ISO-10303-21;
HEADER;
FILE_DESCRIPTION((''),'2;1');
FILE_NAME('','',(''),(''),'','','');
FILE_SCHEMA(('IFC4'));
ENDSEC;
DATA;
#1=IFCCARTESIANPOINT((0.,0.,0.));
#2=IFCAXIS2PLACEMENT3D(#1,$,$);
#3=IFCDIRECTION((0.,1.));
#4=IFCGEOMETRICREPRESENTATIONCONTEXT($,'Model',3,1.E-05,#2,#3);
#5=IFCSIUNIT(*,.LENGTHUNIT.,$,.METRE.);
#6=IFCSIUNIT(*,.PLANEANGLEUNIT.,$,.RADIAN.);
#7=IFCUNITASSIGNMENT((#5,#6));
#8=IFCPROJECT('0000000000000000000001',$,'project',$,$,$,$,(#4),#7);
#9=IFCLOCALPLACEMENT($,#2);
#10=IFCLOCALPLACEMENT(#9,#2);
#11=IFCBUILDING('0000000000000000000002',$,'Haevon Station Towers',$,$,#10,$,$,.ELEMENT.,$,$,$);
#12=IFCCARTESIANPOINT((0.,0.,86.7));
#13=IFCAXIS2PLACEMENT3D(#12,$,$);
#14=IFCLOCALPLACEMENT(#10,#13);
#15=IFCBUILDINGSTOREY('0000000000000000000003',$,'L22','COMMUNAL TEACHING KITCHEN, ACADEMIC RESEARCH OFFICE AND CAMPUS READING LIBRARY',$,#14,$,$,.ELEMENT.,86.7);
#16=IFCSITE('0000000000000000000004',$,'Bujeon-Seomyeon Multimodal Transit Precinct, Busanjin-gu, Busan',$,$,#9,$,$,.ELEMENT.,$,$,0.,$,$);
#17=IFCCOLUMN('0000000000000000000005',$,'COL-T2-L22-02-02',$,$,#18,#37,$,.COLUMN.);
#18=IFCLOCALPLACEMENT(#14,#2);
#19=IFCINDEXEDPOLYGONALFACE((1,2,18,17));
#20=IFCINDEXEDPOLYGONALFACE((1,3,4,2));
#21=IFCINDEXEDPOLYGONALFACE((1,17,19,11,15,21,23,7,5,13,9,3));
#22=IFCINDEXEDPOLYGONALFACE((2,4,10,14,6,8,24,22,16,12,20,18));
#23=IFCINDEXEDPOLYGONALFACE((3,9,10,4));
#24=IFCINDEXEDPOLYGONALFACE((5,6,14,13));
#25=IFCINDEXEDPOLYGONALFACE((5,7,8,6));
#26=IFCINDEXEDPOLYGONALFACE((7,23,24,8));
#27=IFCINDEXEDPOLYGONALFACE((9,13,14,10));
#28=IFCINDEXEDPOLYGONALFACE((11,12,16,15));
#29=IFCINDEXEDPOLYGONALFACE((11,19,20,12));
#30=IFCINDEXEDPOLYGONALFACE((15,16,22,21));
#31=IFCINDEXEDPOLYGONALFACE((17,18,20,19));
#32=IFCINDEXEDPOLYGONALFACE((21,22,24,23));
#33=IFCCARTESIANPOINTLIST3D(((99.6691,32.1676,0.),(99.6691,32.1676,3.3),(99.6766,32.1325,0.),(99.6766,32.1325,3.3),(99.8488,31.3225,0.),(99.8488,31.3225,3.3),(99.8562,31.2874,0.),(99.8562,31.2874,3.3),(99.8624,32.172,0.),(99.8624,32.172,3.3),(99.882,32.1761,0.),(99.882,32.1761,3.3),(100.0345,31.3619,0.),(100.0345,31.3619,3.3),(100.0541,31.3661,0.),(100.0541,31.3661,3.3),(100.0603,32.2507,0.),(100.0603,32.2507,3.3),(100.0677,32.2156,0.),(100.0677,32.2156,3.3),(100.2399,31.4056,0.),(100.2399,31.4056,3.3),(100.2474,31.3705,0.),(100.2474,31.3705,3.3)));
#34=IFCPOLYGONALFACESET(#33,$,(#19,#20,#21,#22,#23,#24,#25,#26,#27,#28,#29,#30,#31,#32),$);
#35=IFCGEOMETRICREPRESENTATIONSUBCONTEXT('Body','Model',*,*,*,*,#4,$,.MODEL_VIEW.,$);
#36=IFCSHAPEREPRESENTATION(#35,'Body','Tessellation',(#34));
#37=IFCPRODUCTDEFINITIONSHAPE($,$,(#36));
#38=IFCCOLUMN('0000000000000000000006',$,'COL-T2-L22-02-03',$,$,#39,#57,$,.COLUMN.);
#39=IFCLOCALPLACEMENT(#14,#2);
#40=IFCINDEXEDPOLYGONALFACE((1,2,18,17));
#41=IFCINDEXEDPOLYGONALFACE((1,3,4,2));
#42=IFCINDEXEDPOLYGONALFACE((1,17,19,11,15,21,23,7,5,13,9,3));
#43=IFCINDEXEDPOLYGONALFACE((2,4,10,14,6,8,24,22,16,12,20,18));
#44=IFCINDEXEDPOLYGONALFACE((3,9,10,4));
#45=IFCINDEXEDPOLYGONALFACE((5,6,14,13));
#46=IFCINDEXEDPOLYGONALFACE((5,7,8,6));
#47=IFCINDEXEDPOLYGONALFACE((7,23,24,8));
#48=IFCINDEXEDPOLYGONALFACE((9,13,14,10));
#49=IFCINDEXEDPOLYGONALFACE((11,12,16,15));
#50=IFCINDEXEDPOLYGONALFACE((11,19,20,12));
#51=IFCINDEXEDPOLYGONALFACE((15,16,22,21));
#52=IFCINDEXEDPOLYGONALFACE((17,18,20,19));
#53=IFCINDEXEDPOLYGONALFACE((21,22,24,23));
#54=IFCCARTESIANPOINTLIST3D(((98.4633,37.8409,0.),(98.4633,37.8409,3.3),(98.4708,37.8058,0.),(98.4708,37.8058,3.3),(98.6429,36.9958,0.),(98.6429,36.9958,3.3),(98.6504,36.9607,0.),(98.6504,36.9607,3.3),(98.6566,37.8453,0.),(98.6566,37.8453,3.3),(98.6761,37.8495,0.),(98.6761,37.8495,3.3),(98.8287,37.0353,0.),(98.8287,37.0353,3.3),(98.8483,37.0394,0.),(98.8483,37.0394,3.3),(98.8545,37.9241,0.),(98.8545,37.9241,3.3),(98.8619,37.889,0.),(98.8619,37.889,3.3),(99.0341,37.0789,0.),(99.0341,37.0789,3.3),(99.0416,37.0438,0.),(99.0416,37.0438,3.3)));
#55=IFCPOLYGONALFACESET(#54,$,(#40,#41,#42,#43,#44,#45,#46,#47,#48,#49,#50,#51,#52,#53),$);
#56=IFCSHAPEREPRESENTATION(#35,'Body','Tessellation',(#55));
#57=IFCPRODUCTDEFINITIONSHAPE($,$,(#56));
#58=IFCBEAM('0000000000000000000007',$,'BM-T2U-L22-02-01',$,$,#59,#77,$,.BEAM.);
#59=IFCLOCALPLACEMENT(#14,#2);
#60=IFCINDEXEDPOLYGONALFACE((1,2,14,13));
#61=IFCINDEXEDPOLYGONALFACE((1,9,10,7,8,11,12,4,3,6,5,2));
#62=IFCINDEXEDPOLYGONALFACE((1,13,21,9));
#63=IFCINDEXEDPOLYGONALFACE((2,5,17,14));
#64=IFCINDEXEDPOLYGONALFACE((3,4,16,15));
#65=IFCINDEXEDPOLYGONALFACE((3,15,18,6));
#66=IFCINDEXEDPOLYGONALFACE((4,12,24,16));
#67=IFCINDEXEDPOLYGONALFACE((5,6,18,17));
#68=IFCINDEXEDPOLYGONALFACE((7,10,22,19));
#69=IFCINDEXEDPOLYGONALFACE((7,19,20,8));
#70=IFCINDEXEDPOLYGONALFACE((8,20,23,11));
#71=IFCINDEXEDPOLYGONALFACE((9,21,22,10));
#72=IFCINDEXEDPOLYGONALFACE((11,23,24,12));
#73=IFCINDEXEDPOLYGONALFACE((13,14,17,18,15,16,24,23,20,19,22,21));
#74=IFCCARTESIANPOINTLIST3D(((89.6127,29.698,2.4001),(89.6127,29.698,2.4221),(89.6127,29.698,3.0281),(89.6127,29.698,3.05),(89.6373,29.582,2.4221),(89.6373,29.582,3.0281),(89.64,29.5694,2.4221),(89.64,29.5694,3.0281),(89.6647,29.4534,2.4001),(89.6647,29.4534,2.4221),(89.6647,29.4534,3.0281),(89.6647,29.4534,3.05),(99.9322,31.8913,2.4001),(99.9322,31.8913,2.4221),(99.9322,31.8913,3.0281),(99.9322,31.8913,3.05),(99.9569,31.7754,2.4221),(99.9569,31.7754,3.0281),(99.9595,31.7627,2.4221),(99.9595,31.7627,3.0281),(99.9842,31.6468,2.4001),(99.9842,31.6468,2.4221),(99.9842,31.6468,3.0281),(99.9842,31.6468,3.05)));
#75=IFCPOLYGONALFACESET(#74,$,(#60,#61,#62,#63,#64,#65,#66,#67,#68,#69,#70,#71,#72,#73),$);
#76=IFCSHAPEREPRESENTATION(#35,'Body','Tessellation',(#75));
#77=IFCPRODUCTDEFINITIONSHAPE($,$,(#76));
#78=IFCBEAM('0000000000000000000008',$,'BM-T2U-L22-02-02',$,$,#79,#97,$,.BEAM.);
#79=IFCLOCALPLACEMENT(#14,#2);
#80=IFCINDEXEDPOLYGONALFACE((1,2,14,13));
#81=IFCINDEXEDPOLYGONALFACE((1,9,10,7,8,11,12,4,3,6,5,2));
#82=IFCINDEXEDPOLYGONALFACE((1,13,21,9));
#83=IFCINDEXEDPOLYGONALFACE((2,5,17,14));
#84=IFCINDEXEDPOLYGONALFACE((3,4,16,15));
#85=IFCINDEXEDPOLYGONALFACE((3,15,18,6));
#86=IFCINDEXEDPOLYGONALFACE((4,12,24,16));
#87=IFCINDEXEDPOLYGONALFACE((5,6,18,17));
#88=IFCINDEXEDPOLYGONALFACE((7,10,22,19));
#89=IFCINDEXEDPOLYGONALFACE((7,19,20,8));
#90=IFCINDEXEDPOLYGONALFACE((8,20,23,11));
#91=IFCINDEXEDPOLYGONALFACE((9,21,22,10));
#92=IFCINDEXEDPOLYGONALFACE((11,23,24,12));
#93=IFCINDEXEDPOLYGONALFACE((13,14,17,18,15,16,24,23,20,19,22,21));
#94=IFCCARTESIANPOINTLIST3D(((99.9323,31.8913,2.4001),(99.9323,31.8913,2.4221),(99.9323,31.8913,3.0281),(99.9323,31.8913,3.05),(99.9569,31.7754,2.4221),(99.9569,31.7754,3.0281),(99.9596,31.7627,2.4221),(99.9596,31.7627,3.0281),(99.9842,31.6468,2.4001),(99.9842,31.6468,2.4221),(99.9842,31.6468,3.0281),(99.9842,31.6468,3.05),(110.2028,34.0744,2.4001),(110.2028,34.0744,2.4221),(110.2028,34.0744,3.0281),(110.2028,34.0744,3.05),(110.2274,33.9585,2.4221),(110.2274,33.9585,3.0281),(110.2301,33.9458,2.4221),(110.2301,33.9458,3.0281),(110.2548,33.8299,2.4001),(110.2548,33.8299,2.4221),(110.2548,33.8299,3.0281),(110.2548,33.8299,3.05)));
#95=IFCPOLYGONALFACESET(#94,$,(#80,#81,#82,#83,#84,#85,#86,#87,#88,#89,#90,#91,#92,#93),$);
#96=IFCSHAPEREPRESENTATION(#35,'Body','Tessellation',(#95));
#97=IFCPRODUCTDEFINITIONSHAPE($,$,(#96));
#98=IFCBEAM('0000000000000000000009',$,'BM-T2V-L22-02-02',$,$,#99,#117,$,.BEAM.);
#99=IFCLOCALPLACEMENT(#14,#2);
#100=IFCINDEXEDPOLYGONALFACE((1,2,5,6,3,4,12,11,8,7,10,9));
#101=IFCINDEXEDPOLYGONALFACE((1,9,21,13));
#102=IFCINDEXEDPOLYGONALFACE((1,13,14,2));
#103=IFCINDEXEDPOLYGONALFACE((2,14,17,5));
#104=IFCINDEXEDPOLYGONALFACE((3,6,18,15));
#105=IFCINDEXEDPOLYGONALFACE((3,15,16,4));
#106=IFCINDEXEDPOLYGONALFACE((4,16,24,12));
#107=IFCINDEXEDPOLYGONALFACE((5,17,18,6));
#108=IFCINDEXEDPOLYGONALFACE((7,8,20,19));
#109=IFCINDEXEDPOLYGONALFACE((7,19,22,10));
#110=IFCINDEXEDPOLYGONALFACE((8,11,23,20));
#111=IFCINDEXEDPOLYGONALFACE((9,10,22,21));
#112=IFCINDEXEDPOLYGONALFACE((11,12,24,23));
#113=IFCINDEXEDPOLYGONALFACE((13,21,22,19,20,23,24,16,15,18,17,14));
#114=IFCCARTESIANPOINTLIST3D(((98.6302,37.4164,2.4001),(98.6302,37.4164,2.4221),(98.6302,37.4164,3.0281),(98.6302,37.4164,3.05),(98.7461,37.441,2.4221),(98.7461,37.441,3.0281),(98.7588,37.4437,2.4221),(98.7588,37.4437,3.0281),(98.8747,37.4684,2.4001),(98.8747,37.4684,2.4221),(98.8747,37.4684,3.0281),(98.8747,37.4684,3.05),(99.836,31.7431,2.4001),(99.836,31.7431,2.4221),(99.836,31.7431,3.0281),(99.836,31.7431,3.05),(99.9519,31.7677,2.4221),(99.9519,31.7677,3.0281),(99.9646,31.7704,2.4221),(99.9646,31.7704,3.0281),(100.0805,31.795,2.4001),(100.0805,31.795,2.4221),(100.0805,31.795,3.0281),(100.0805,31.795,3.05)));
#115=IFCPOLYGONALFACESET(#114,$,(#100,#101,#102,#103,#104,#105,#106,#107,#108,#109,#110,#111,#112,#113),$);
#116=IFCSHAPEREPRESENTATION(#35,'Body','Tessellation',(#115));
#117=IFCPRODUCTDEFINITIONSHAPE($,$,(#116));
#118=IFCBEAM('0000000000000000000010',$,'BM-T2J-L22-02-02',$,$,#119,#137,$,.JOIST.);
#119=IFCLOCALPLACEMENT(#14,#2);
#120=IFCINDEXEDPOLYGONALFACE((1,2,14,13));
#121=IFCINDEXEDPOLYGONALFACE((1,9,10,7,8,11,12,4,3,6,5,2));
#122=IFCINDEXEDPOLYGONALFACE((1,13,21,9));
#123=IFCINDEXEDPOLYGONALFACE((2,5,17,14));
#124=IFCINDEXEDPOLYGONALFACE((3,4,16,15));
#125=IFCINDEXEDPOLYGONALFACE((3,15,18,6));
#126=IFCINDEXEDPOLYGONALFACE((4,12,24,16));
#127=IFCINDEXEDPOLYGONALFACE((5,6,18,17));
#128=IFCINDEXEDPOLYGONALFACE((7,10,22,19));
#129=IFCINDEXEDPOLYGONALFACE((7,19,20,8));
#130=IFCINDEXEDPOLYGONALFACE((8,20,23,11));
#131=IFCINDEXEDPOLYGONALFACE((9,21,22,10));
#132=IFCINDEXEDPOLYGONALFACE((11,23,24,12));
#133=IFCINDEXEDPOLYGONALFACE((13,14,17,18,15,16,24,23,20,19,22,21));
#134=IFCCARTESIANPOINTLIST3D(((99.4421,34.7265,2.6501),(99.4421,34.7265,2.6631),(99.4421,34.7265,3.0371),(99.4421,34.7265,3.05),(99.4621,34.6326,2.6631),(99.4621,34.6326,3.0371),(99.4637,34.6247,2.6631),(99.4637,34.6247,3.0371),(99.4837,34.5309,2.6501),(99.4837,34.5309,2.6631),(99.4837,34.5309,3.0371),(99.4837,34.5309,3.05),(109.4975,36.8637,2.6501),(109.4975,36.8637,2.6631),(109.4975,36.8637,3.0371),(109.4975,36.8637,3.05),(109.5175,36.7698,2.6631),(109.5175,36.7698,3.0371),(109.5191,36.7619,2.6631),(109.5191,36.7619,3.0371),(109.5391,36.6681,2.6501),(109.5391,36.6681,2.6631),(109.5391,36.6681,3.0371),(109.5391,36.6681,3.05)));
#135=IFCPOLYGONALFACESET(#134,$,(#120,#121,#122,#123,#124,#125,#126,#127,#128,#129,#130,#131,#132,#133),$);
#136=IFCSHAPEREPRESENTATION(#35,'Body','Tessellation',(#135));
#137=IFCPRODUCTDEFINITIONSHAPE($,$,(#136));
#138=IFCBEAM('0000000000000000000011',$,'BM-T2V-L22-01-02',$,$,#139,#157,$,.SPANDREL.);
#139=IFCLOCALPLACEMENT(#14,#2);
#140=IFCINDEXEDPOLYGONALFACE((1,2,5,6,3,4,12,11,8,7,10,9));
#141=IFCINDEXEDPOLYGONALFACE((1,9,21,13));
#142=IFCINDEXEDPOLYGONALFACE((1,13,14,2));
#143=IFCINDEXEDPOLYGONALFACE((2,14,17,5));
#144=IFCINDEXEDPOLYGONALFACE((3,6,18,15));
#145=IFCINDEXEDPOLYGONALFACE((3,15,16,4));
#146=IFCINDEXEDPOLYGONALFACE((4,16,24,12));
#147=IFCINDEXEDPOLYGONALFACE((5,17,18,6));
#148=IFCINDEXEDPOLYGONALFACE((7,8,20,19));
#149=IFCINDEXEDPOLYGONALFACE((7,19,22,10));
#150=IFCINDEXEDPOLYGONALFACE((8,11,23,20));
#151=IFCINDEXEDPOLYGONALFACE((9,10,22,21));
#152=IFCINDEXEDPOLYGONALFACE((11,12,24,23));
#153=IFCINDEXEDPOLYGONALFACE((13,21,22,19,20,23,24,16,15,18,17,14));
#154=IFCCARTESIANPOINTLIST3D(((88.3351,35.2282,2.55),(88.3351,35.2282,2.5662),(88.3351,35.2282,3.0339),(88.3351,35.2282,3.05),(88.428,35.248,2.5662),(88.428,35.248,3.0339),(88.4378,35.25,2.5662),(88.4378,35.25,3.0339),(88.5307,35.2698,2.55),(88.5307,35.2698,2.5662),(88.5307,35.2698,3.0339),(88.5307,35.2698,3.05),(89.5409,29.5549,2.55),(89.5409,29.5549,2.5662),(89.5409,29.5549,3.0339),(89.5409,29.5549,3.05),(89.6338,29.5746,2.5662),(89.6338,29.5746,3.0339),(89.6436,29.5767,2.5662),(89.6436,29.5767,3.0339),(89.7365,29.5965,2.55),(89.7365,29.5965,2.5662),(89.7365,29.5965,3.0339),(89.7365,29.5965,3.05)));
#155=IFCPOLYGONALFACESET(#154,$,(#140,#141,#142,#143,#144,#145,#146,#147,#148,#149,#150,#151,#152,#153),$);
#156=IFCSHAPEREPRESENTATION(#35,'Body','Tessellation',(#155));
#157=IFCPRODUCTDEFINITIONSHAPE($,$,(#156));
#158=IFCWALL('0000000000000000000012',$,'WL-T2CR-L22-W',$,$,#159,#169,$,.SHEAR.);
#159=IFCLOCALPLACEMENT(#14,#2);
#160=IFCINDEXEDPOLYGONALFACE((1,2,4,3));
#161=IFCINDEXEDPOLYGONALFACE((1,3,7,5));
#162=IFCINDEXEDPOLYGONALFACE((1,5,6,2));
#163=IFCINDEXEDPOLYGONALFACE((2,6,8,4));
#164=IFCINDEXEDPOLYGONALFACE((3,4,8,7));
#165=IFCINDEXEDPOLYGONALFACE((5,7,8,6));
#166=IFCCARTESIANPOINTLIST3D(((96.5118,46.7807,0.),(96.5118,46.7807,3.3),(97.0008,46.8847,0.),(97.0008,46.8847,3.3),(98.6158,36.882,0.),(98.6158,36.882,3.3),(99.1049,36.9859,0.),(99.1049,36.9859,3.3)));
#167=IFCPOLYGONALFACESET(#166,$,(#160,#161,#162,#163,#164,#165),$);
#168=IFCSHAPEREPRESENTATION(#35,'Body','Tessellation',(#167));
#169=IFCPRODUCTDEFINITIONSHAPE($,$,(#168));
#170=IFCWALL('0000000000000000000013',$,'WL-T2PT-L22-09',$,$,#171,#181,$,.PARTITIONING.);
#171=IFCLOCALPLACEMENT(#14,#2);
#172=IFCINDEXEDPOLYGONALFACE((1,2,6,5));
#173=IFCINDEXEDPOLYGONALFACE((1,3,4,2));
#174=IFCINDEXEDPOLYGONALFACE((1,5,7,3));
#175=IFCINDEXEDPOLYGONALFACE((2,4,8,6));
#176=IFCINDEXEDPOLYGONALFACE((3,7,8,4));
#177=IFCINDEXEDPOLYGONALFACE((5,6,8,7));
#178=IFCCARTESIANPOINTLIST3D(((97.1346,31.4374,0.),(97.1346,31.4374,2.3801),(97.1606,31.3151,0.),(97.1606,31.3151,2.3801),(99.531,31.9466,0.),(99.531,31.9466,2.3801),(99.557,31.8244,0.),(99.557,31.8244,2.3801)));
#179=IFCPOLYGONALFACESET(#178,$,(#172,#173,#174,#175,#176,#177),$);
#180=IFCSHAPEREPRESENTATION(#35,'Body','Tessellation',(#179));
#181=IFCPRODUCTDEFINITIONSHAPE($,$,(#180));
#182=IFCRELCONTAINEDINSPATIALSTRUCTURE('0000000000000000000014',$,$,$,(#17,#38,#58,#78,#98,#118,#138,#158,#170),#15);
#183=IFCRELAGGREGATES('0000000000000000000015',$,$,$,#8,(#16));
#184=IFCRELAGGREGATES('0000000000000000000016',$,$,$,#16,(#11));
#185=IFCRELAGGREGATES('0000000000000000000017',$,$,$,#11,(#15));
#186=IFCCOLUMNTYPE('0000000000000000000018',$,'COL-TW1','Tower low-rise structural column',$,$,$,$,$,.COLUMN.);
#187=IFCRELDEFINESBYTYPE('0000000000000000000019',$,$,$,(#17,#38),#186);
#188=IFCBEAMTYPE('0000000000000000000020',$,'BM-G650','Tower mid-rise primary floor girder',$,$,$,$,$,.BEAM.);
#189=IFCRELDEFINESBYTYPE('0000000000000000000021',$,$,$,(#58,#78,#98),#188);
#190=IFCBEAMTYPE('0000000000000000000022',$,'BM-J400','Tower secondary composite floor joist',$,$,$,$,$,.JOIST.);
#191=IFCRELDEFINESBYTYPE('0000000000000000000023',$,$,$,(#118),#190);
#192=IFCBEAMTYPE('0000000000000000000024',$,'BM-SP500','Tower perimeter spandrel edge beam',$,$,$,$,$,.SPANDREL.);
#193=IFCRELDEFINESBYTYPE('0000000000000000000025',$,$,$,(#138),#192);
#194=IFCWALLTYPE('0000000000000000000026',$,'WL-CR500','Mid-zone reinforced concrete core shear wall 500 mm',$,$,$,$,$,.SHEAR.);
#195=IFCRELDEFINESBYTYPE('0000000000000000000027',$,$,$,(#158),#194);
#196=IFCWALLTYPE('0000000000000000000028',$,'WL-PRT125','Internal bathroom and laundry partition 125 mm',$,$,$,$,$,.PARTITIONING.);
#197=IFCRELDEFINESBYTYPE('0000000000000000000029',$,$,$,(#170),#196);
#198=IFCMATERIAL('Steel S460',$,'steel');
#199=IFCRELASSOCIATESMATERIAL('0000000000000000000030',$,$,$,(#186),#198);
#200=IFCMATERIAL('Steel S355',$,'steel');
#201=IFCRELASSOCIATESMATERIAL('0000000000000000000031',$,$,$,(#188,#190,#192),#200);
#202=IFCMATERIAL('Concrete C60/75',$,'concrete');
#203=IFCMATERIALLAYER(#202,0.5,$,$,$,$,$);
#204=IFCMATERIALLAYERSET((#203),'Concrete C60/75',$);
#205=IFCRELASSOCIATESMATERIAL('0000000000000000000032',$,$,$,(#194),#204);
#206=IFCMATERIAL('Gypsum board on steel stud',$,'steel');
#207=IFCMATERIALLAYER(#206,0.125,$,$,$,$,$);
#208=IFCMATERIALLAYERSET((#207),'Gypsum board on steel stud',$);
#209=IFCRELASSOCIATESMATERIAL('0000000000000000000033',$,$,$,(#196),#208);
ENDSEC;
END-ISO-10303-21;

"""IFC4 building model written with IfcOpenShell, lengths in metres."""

from ifc_helpers import new_model, si_unit, direction, frame, frame_2d, origin, origin_2d, place, context, subcontext, project, spatial, rectangle, i_section, extrude, material, layer, layer_set, material_profile, profile_set, type_object, element, save


model = new_model("IFC4")

# Units and contexts
model_context = context("Model", 3, precision=1e-05, world=origin(), true_north=direction((0.0, 1.0)))
body_context = subcontext(model_context, "Body", "Model", "MODEL_VIEW")
ifc_project = project(units=[si_unit("LENGTHUNIT", "METRE"), si_unit("PLANEANGLEUNIT", "RADIAN")], contexts=[model_context])

# Site, building, storey
site_placement = place(None, origin())
site = spatial("IfcSite", under=ifc_project, at=site_placement, Name="Bujeon-Seomyeon Multimodal Transit Precinct, Busanjin-gu, Busan", CompositionType="ELEMENT", RefElevation=0.0)
building_placement = place(site_placement, origin())
building = spatial("IfcBuilding", under=site, at=building_placement, Name="Haevon Station Towers", CompositionType="ELEMENT")
storey_placement = place(building_placement, frame((0.0, 0.0, 86.7)))
storey = spatial("IfcBuildingStorey", under=building, at=storey_placement, Name="L22", Description="COMMUNAL TEACHING KITCHEN, ACADEMIC RESEARCH OFFICE AND CAMPUS READING LIBRARY", CompositionType="ELEMENT", Elevation=86.7)

# Columns
ifc_material_1 = material(Name="Steel S460", Category="steel")
ifc_material_profile_1 = material_profile(ifc_material_1, i_section(OverallWidth=0.3999, OverallDepth=0.8999, WebThickness=0.02, FlangeThickness=0.0359, at=origin_2d()), Name="H-900x400x20x36")
ifc_profile_set_1 = profile_set([ifc_material_profile_1], Name="Steel S460")
column_type = type_object("IfcColumnType", Name="COL-TW1", Description="Tower low-rise structural column", PredefinedType="COLUMN", material=ifc_profile_set_1)
for number, where, z_axis, x_axis, name in (
    (1, (99.9583, 31.769, 0.0), (0.0, 0.0, 1.0), (0.978148, 0.207912, 0.0), "COL-T2-L22-02-02"),
    (2, (98.7524, 37.4424, 0.0), (0.0, 0.0, 1.0), (0.978148, 0.207912, 0.0), "COL-T2-L22-02-03"),
):
    element("IfcColumn", number, at=place(storey_placement, frame(where, z_axis=z_axis, x_axis=x_axis)), inside=storey, type_object=column_type, Name=name, PredefinedType="COLUMN", context=body_context, shape_type="SweptSolid", body=[
        extrude(i_section(OverallWidth=0.3999, OverallDepth=0.8999, WebThickness=0.02, FlangeThickness=0.0359, at=origin_2d()), origin(), (0.0, 0.0, 1.0), 3.3),
    ])

# Beams
ifc_material_2 = material(Name="Steel S355", Category="steel")
ifc_material_profile_2 = material_profile(ifc_material_2, i_section(OverallWidth=0.25, OverallDepth=0.6499, WebThickness=0.0129, FlangeThickness=0.022, at=origin_2d()), Name="H-650x250x13x22")
ifc_profile_set_2 = profile_set([ifc_material_profile_2], Name="Steel S355")
beam_type_1 = type_object("IfcBeamType", Name="BM-G650", Description="Tower mid-rise primary floor girder", PredefinedType="BEAM", material=ifc_profile_set_2)
beam_1_placement = place(storey_placement, frame((89.6387, 29.5757, 2.7251), z_axis=(0.97815, 0.207899, 0.0), x_axis=(-0.207899, 0.97815, 0.0)))
element("IfcBeam", 3, at=beam_1_placement, inside=storey, type_object=beam_type_1, Name="BM-T2U-L22-02-01", PredefinedType="BEAM", context=body_context, shape_type="SweptSolid", body=[
    extrude(i_section(OverallWidth=0.25, OverallDepth=0.6499, WebThickness=0.0129, FlangeThickness=0.022, at=origin_2d()), origin(), (0.0, 0.0, 1.0), 10.55),
])
beam_2_placement = place(storey_placement, frame((99.9583, 31.769, 2.7251), z_axis=(0.978147, 0.207915, 0.0), x_axis=(-0.207915, 0.978147, 0.0)))
element("IfcBeam", 4, at=beam_2_placement, inside=storey, type_object=beam_type_1, Name="BM-T2U-L22-02-02", PredefinedType="BEAM", context=body_context, shape_type="SweptSolid", body=[
    extrude(i_section(OverallWidth=0.25, OverallDepth=0.6499, WebThickness=0.0129, FlangeThickness=0.022, at=origin_2d()), origin(), (0.0, 0.0, 1.0), 10.5),
])
beam_3_placement = place(storey_placement, frame((99.9583, 31.769, 2.7251), z_axis=(-0.207896, 0.978151, 0.0), x_axis=(-0.978151, -0.207896, 0.0)))
element("IfcBeam", 5, at=beam_3_placement, inside=storey, type_object=beam_type_1, Name="BM-T2V-L22-02-02", PredefinedType="BEAM", context=body_context, shape_type="SweptSolid", body=[
    extrude(i_section(OverallWidth=0.25, OverallDepth=0.6499, WebThickness=0.0129, FlangeThickness=0.022, at=origin_2d()), origin(), (0.0, 0.0, 1.0), 5.8),
])
ifc_material_profile_3 = material_profile(ifc_material_2, i_section(OverallWidth=0.2, OverallDepth=0.3999, WebThickness=0.0081, FlangeThickness=0.0129, at=origin_2d()), Name="H-400x200x8x13")
ifc_profile_set_3 = profile_set([ifc_material_profile_3], Name="Steel S355")
beam_type_2 = type_object("IfcBeamType", Name="BM-J400", Description="Tower secondary composite floor joist", PredefinedType="JOIST", material=ifc_profile_set_3)
beam_4_placement = place(storey_placement, frame((99.4629, 34.6287, 2.8501), z_axis=(0.97815, 0.207899, 0.0), x_axis=(-0.207899, 0.97815, 0.0)))
element("IfcBeam", 6, at=beam_4_placement, inside=storey, type_object=beam_type_2, Name="BM-T2J-L22-02-02", PredefinedType="JOIST", context=body_context, shape_type="SweptSolid", body=[
    extrude(i_section(OverallWidth=0.2, OverallDepth=0.3999, WebThickness=0.0081, FlangeThickness=0.0129, at=origin_2d()), origin(), (0.0, 0.0, 1.0), 10.28),
])
ifc_material_profile_4 = material_profile(ifc_material_2, i_section(OverallWidth=0.2, OverallDepth=0.5, WebThickness=0.01, FlangeThickness=0.0161, at=origin_2d()), Name="H-500x200x10x16")
ifc_profile_set_4 = profile_set([ifc_material_profile_4], Name="Steel S355")
beam_type_3 = type_object("IfcBeamType", Name="BM-SP500", Description="Tower perimeter spandrel edge beam", PredefinedType="SPANDREL", material=ifc_profile_set_4)
beam_5_placement = place(storey_placement, frame((89.6387, 29.5757, 2.8), z_axis=(-0.207896, 0.978151, 0.0), x_axis=(-0.978151, -0.207896, 0.0)))
element("IfcBeam", 7, at=beam_5_placement, inside=storey, type_object=beam_type_3, Name="BM-T2V-L22-01-02", PredefinedType="SPANDREL", context=body_context, shape_type="SweptSolid", body=[
    extrude(i_section(OverallWidth=0.2, OverallDepth=0.5, WebThickness=0.01, FlangeThickness=0.0161, at=origin_2d()), origin(), (0.0, 0.0, 1.0), 5.8),
])

# Walls
ifc_material_3 = material(Name="Concrete C60/75", Category="concrete")
ifc_layer_1 = layer(ifc_material_3, 0.5)
ifc_layer_set_1 = layer_set([ifc_layer_1], Name="Concrete C60/75")
wall_type_1 = type_object("IfcWallType", Name="WL-CR500", Description="Mid-zone reinforced concrete core shear wall 500 mm", PredefinedType="SHEAR", material=ifc_layer_set_1)
wall_1_placement = place(storey_placement, frame((98.8604, 36.9338, 0.0), z_axis=(0.0, 0.0, 1.0), x_axis=(-0.207909, 0.978148, 0.0)))
element("IfcWall", 8, at=wall_1_placement, inside=storey, type_object=wall_type_1, Name="WL-T2CR-L22-W", PredefinedType="SHEAR", context=body_context, shape_type="SweptSolid", body=[
    extrude(rectangle(XDim=10.1199, YDim=0.5, at=frame_2d((5.0601, 0.0))), origin(), (0.0, 0.0, 1.0), 3.3),
])
ifc_material_4 = material(Name="Gypsum board on steel stud", Category="steel")
ifc_layer_2 = layer(ifc_material_4, 0.125)
ifc_layer_set_2 = layer_set([ifc_layer_2], Name="Gypsum board on steel stud")
wall_type_2 = type_object("IfcWallType", Name="WL-PRT125", Description="Internal bathroom and laundry partition 125 mm", PredefinedType="PARTITIONING", material=ifc_layer_set_2)
wall_2_placement = place(storey_placement, frame((97.1475, 31.3762, 0.0), z_axis=(0.0, 0.0, 1.0), x_axis=(0.978157, 0.207868, 0.0)))
element("IfcWall", 9, at=wall_2_placement, inside=storey, type_object=wall_type_2, Name="WL-T2PT-L22-09", PredefinedType="PARTITIONING", context=body_context, shape_type="SweptSolid", body=[
    extrude(rectangle(XDim=2.45, YDim=0.125, at=frame_2d((1.2251, 0.0))), origin(), (0.0, 0.0, 1.0), 2.3801),
])

save(model, "model.ifc")
